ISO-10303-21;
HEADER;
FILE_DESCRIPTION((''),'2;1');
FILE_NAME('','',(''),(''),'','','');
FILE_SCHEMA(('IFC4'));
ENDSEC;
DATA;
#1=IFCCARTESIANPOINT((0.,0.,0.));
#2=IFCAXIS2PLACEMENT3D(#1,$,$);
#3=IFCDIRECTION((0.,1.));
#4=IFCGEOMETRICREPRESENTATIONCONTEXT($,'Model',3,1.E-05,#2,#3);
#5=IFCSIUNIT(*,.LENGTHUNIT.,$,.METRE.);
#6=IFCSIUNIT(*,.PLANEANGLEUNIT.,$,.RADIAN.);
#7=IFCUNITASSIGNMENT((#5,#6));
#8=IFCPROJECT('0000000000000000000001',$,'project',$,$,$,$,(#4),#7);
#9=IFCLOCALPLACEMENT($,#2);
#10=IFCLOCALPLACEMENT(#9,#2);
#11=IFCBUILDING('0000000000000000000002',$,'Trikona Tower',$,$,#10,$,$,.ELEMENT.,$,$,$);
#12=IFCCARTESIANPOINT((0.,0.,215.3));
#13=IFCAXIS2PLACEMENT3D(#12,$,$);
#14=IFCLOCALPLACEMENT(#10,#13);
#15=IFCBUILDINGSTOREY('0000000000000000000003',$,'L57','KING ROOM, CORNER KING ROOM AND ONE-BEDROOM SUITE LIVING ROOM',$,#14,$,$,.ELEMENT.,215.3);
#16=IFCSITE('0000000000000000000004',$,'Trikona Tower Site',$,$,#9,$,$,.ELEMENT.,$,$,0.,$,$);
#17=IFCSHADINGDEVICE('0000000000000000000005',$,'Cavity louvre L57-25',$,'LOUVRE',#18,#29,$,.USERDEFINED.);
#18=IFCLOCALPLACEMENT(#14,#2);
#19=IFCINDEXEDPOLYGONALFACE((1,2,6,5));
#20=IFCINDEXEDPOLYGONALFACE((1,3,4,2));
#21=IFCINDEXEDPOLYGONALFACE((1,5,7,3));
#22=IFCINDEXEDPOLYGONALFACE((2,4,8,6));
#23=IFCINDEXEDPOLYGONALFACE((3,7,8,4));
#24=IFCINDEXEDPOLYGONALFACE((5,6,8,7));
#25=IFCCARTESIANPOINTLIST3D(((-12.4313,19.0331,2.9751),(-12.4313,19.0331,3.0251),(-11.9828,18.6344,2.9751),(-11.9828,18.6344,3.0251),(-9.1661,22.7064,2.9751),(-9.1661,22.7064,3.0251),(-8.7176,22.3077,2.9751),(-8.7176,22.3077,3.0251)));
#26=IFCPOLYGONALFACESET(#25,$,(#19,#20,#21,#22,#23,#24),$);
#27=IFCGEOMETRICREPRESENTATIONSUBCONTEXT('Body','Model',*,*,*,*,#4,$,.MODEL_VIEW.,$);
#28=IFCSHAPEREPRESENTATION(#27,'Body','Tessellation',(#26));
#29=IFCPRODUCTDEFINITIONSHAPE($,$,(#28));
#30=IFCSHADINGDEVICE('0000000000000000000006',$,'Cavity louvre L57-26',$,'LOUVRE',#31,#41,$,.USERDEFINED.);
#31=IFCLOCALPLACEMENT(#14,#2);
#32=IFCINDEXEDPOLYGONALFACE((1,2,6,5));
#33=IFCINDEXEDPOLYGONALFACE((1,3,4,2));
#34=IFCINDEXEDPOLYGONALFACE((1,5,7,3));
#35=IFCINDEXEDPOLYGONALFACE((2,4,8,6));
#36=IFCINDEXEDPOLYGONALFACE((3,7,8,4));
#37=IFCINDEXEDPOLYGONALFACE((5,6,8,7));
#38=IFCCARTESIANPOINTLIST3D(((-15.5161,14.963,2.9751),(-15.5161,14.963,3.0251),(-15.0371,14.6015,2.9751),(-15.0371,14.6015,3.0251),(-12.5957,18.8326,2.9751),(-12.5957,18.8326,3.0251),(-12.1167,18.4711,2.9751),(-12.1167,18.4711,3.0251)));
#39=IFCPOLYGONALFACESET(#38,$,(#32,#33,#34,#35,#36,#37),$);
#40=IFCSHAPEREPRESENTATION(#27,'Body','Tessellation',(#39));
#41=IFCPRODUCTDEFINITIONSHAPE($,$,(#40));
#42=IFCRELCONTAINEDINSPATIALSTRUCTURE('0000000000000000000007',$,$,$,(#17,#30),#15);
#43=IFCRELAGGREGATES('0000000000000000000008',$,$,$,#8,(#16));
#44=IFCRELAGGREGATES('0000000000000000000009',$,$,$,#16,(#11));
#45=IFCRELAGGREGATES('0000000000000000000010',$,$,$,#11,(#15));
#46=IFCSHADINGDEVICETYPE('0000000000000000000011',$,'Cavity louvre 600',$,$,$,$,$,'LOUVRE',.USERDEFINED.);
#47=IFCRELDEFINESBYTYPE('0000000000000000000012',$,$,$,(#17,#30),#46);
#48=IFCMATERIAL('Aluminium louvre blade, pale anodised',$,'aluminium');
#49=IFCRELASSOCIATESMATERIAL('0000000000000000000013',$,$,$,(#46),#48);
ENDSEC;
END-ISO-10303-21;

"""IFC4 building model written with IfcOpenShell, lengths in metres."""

from ifc_helpers import new_model, si_unit, direction, frame, origin, origin_2d, place, context, subcontext, project, spatial, rectangle, extrude, material, type_object, element, save


model = new_model("IFC4")

# Units and contexts
model_context = context("Model", 3, precision=1e-05, world=origin(), true_north=direction((0.0, 1.0)))
body_context = subcontext(model_context, "Body", "Model", "MODEL_VIEW")
ifc_project = project(units=[si_unit("LENGTHUNIT", "METRE"), si_unit("PLANEANGLEUNIT", "RADIAN")], contexts=[model_context])

# Site, building, storey
site_placement = place(None, origin())
site = spatial("IfcSite", under=ifc_project, at=site_placement, Name="Trikona Tower Site", CompositionType="ELEMENT", RefElevation=0.0)
building_placement = place(site_placement, origin())
building = spatial("IfcBuilding", under=site, at=building_placement, Name="Trikona Tower", CompositionType="ELEMENT")
storey_placement = place(building_placement, frame((0.0, 0.0, 215.3)))
storey = spatial("IfcBuildingStorey", under=building, at=storey_placement, Name="L57", Description="KING ROOM, CORNER KING ROOM AND ONE-BEDROOM SUITE LIVING ROOM", CompositionType="ELEMENT", Elevation=215.3)

# Shading devices
ifc_material_1 = material(Name="Aluminium louvre blade, pale anodised", Category="aluminium")
shading_device_type = type_object("IfcShadingDeviceType", Name="Cavity louvre 600", ElementType="LOUVRE", PredefinedType="USERDEFINED", material=ifc_material_1)
shading_device_1_placement = place(storey_placement, frame((-10.5745, 20.6704, 2.9751), z_axis=(0.0, 0.0, 1.0), x_axis=(-0.664367, -0.747406, 0.0)))
element("IfcShadingDevice", 1, at=shading_device_1_placement, inside=storey, type_object=shading_device_type, Name="Cavity louvre L57-25", ObjectType="LOUVRE", PredefinedType="USERDEFINED", context=body_context, shape_type="SweptSolid", body=[
    extrude(rectangle(XDim=4.9148, YDim=0.6001, at=origin_2d()), origin(), (0.0, 0.0, 1.0), 0.05),
])
shading_device_2_placement = place(storey_placement, frame((-13.8164, 16.717, 2.9751), z_axis=(0.0, 0.0, 1.0), x_axis=(-0.602402, -0.798193, 0.0)))
element("IfcShadingDevice", 2, at=shading_device_2_placement, inside=storey, type_object=shading_device_type, Name="Cavity louvre L57-26", ObjectType="LOUVRE", PredefinedType="USERDEFINED", context=body_context, shape_type="SweptSolid", body=[
    extrude(rectangle(XDim=4.8479, YDim=0.6001, at=origin_2d()), origin(), (0.0, 0.0, 1.0), 0.05),
])

save(model, "model.ifc")
